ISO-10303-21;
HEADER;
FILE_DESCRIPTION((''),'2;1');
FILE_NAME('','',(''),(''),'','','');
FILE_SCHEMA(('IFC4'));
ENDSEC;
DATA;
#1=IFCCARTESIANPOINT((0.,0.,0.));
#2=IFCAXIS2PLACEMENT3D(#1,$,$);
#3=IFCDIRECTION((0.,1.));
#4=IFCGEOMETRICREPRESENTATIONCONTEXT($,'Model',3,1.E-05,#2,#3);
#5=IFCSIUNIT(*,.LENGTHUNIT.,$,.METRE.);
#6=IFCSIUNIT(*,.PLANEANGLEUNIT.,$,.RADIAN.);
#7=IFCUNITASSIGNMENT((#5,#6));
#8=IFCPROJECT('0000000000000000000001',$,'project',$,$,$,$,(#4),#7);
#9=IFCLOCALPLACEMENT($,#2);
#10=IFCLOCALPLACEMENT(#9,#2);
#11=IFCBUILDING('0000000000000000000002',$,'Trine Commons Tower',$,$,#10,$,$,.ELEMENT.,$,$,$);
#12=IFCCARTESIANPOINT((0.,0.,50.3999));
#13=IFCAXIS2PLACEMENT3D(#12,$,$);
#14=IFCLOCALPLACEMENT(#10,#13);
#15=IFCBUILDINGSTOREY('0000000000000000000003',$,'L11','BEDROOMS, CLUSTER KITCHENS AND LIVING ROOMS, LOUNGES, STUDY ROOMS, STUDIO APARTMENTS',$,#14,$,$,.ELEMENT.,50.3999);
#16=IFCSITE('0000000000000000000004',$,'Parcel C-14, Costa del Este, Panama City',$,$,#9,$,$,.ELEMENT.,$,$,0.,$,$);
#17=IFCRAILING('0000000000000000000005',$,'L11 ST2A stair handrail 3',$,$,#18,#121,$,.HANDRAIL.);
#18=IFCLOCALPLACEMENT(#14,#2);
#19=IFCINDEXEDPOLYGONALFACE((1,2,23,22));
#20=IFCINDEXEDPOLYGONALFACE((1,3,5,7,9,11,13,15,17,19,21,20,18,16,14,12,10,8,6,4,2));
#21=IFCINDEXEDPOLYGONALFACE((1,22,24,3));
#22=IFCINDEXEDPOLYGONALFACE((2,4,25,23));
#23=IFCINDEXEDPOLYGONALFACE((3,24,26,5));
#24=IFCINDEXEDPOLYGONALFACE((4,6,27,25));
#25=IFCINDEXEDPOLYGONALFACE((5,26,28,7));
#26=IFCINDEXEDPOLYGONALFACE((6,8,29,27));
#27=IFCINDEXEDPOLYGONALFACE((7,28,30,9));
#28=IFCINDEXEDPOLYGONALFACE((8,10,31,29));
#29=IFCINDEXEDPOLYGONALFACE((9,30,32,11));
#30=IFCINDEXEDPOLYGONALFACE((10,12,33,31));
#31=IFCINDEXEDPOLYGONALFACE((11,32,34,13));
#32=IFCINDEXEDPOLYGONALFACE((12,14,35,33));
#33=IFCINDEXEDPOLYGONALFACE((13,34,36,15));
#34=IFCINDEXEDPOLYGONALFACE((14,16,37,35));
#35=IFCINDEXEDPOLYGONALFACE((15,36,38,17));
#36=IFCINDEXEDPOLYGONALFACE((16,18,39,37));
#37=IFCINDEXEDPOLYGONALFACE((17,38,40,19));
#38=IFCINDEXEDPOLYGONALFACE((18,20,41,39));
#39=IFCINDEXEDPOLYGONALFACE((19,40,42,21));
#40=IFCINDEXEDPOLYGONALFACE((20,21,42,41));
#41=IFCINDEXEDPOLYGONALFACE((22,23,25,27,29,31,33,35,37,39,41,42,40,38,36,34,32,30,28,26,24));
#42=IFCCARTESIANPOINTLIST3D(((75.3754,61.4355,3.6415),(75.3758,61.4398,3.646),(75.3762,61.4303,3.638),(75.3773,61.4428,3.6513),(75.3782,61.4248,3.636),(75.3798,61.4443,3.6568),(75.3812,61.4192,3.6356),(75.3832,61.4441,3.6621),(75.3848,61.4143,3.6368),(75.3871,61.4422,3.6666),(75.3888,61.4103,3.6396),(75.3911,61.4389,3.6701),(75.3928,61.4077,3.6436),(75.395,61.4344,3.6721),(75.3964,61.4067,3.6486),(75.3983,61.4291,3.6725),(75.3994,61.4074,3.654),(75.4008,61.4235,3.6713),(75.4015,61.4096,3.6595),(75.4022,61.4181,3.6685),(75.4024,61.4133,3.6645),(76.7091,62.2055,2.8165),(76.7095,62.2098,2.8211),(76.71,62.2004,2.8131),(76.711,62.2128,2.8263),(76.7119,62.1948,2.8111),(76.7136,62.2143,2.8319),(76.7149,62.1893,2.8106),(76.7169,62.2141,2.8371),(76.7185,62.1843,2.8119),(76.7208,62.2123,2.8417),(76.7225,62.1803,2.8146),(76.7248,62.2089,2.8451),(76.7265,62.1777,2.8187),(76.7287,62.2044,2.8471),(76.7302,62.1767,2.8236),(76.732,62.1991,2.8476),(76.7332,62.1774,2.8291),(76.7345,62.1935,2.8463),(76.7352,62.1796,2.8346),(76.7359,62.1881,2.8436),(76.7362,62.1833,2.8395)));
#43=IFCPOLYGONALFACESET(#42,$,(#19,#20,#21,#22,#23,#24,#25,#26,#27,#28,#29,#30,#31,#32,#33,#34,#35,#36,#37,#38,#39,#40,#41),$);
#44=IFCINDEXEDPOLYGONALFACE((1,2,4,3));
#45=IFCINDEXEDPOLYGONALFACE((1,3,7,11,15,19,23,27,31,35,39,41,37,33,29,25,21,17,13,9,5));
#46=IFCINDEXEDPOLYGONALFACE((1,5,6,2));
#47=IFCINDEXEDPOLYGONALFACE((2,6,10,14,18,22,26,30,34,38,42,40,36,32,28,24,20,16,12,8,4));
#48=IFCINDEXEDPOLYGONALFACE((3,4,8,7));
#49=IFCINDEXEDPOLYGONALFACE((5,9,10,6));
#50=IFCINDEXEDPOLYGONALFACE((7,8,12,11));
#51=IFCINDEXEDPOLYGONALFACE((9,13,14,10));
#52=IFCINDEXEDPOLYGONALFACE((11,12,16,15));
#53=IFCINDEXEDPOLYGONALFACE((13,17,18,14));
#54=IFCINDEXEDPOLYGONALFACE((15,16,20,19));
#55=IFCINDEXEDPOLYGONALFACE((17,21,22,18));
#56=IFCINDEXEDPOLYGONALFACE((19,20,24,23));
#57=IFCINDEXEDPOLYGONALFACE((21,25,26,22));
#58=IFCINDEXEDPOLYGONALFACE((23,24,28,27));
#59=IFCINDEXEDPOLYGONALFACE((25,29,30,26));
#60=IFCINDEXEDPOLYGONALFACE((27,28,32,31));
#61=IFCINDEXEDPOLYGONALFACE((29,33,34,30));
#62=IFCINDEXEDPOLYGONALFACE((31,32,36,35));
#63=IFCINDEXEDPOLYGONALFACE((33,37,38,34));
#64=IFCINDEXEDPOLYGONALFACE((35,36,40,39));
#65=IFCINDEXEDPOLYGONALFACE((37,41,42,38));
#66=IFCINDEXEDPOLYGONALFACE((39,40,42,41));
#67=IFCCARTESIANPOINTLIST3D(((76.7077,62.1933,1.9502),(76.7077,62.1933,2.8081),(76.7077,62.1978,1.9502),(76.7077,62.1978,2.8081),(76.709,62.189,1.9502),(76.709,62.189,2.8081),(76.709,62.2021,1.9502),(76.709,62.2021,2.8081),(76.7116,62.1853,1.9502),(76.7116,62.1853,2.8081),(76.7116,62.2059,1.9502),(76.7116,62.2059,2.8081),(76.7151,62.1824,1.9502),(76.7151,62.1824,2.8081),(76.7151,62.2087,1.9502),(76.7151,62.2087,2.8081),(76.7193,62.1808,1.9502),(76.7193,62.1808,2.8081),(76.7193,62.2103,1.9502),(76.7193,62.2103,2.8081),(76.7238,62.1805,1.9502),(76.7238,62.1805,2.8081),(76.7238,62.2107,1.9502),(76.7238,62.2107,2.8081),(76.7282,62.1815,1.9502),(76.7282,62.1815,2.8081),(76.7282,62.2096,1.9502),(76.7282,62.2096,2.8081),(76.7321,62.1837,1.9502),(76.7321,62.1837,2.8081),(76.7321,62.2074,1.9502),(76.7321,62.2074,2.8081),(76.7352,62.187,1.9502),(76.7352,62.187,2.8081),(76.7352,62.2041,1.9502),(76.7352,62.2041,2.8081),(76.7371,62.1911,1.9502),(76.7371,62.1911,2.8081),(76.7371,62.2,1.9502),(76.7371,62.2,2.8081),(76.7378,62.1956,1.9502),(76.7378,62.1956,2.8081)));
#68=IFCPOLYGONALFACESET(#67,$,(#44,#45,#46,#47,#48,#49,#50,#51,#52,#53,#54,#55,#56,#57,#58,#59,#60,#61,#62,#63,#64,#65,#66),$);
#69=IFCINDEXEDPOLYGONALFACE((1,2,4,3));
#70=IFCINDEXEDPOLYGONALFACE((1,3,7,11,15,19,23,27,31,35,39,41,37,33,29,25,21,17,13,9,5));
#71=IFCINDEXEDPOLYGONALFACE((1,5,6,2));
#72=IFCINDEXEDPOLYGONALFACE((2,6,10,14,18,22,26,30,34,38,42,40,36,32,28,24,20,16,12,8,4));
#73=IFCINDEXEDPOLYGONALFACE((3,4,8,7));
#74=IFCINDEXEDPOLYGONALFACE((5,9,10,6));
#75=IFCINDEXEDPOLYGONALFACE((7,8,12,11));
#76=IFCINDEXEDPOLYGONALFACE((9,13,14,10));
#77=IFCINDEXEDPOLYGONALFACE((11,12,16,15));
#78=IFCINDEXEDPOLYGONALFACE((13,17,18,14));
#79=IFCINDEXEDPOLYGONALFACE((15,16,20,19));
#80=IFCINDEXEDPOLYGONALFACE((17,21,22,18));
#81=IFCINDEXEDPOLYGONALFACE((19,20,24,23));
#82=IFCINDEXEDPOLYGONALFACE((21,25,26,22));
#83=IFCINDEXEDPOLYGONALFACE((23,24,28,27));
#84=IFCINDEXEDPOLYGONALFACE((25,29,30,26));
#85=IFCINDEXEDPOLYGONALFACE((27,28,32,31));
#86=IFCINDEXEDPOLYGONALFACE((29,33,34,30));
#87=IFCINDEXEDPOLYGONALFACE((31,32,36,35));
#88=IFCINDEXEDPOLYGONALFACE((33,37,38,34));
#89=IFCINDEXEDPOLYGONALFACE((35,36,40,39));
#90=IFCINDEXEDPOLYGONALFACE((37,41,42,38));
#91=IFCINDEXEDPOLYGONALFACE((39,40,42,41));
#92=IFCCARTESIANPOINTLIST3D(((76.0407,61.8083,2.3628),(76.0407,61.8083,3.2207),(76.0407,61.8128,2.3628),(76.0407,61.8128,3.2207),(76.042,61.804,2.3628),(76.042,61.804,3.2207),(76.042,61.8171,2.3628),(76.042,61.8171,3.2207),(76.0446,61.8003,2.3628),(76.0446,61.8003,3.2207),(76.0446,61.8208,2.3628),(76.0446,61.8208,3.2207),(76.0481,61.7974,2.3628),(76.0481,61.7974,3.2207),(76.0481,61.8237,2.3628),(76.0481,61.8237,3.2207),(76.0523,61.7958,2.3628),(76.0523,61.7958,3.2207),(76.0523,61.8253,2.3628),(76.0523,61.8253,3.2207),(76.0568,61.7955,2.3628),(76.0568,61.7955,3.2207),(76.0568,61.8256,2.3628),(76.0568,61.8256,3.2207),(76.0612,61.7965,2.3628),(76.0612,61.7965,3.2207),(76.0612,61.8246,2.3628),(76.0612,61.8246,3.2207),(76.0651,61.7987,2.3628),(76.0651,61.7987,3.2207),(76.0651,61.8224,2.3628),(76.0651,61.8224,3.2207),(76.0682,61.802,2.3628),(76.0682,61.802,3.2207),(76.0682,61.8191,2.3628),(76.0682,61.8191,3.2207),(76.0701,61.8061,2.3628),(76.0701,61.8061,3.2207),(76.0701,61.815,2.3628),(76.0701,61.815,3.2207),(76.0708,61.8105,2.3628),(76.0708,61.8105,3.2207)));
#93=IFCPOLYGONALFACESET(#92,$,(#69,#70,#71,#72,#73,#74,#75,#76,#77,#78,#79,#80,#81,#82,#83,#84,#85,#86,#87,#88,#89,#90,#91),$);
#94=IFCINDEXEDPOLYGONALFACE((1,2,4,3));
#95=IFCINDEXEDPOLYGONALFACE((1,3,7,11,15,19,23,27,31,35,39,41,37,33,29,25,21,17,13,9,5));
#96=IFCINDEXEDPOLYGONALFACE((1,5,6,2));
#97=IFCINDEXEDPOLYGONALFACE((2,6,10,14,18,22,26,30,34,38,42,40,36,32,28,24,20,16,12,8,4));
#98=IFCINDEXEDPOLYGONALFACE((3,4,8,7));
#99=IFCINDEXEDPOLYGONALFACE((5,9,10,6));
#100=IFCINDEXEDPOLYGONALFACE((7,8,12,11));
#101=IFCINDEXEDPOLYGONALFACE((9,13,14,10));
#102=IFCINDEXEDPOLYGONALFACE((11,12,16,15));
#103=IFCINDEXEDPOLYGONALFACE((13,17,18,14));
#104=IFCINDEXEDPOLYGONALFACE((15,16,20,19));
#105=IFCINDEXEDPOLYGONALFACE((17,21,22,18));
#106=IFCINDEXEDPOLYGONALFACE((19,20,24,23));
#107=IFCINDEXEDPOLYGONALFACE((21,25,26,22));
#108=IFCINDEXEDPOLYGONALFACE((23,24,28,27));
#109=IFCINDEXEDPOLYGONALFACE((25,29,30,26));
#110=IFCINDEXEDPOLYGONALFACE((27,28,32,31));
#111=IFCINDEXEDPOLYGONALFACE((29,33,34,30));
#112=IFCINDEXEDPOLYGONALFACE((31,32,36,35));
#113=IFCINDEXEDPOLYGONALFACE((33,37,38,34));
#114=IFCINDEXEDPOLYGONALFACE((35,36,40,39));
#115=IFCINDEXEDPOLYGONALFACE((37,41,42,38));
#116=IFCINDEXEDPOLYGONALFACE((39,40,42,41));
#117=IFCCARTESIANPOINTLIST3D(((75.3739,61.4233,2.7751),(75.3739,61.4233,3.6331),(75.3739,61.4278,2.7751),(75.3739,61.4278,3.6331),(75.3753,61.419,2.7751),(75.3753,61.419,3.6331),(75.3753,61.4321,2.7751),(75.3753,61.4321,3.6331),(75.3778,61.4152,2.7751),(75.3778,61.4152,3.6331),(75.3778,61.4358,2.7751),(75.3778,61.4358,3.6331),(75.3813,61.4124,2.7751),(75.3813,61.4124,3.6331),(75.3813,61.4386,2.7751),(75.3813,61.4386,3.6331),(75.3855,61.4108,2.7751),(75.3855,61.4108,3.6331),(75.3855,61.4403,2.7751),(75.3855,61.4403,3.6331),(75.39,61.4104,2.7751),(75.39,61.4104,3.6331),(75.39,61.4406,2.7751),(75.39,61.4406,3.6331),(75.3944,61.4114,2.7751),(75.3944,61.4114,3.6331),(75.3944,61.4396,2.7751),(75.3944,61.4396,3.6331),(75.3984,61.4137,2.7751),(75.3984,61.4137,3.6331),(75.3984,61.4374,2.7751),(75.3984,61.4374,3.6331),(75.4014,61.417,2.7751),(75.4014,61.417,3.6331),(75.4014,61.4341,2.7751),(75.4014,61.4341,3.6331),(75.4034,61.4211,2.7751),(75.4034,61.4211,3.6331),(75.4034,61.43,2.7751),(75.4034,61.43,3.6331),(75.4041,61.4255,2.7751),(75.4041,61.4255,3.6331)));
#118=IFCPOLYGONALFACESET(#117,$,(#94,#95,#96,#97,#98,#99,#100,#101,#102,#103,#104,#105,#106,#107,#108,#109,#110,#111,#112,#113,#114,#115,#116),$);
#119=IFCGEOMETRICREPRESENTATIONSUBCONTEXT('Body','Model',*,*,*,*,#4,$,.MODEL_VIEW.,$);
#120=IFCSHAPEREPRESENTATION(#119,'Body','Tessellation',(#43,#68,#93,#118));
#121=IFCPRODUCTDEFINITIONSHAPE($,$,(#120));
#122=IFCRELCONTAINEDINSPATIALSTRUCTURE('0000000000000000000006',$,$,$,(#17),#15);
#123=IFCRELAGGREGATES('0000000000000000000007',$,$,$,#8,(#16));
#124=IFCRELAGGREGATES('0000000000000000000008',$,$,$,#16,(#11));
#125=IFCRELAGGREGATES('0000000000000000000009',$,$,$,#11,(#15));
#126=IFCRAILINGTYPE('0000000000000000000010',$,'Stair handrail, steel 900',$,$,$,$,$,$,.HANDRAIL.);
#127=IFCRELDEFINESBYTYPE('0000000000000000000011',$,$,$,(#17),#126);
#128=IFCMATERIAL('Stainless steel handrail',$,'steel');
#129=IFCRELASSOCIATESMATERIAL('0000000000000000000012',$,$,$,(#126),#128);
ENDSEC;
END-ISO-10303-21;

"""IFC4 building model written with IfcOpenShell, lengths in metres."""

from ifc_helpers import new_model, si_unit, direction, frame, origin, origin_2d, place, context, subcontext, project, spatial, circle, extrude, material, type_object, element, save


model = new_model("IFC4")

# Units and contexts
model_context = context("Model", 3, precision=1e-05, world=origin(), true_north=direction((0.0, 1.0)))
body_context = subcontext(model_context, "Body", "Model", "MODEL_VIEW")
ifc_project = project(units=[si_unit("LENGTHUNIT", "METRE"), si_unit("PLANEANGLEUNIT", "RADIAN")], contexts=[model_context])

# Site, building, storey
site_placement = place(None, origin())
site = spatial("IfcSite", under=ifc_project, at=site_placement, Name="Parcel C-14, Costa del Este, Panama City", CompositionType="ELEMENT", RefElevation=0.0)
building_placement = place(site_placement, origin())
building = spatial("IfcBuilding", under=site, at=building_placement, Name="Trine Commons Tower", CompositionType="ELEMENT")
storey_placement = place(building_placement, frame((0.0, 0.0, 50.3999)))
storey = spatial("IfcBuildingStorey", under=building, at=storey_placement, Name="L11", Description="BEDROOMS, CLUSTER KITCHENS AND LIVING ROOMS, LOUNGES, STUDY ROOMS, STUDIO APARTMENTS", CompositionType="ELEMENT", Elevation=50.3999)

# Railing
ifc_material_1 = material(Name="Stainless steel handrail", Category="steel")
railing_type_1 = type_object("IfcRailingType", Name="Stair handrail, steel 900", PredefinedType="HANDRAIL", material=ifc_material_1)
railing_1_placement = place(storey_placement, frame((76.7227, 62.1956, 1.9502)))
element("IfcRailing", 1, at=railing_1_placement, inside=storey, type_object=railing_type_1, Name="L11 ST2A stair handrail 3", PredefinedType="HANDRAIL", context=body_context, shape_type="SweptSolid", body=[
    extrude(circle(Radius=0.021, at=origin_2d()), frame((0.0, 0.0, 0.8789), z_axis=(-0.763405, -0.440743, 0.472185), x_axis=(0.499992, -0.86603, 0.0)), (0.0, 0.0, 1.0), 1.7471),
    extrude(circle(Radius=0.0151, at=origin_2d()), origin(), (0.0, 0.0, 1.0), 0.8579),
    extrude(circle(Radius=0.0151, at=origin_2d()), frame((-0.667, -0.385, 0.4126)), (0.0, 0.0, 1.0), 0.8579),
    extrude(circle(Radius=0.0151, at=origin_2d()), frame((-1.3337, -0.77, 0.825)), (0.0, 0.0, 1.0), 0.8579),
])

save(model, "model.ifc")
